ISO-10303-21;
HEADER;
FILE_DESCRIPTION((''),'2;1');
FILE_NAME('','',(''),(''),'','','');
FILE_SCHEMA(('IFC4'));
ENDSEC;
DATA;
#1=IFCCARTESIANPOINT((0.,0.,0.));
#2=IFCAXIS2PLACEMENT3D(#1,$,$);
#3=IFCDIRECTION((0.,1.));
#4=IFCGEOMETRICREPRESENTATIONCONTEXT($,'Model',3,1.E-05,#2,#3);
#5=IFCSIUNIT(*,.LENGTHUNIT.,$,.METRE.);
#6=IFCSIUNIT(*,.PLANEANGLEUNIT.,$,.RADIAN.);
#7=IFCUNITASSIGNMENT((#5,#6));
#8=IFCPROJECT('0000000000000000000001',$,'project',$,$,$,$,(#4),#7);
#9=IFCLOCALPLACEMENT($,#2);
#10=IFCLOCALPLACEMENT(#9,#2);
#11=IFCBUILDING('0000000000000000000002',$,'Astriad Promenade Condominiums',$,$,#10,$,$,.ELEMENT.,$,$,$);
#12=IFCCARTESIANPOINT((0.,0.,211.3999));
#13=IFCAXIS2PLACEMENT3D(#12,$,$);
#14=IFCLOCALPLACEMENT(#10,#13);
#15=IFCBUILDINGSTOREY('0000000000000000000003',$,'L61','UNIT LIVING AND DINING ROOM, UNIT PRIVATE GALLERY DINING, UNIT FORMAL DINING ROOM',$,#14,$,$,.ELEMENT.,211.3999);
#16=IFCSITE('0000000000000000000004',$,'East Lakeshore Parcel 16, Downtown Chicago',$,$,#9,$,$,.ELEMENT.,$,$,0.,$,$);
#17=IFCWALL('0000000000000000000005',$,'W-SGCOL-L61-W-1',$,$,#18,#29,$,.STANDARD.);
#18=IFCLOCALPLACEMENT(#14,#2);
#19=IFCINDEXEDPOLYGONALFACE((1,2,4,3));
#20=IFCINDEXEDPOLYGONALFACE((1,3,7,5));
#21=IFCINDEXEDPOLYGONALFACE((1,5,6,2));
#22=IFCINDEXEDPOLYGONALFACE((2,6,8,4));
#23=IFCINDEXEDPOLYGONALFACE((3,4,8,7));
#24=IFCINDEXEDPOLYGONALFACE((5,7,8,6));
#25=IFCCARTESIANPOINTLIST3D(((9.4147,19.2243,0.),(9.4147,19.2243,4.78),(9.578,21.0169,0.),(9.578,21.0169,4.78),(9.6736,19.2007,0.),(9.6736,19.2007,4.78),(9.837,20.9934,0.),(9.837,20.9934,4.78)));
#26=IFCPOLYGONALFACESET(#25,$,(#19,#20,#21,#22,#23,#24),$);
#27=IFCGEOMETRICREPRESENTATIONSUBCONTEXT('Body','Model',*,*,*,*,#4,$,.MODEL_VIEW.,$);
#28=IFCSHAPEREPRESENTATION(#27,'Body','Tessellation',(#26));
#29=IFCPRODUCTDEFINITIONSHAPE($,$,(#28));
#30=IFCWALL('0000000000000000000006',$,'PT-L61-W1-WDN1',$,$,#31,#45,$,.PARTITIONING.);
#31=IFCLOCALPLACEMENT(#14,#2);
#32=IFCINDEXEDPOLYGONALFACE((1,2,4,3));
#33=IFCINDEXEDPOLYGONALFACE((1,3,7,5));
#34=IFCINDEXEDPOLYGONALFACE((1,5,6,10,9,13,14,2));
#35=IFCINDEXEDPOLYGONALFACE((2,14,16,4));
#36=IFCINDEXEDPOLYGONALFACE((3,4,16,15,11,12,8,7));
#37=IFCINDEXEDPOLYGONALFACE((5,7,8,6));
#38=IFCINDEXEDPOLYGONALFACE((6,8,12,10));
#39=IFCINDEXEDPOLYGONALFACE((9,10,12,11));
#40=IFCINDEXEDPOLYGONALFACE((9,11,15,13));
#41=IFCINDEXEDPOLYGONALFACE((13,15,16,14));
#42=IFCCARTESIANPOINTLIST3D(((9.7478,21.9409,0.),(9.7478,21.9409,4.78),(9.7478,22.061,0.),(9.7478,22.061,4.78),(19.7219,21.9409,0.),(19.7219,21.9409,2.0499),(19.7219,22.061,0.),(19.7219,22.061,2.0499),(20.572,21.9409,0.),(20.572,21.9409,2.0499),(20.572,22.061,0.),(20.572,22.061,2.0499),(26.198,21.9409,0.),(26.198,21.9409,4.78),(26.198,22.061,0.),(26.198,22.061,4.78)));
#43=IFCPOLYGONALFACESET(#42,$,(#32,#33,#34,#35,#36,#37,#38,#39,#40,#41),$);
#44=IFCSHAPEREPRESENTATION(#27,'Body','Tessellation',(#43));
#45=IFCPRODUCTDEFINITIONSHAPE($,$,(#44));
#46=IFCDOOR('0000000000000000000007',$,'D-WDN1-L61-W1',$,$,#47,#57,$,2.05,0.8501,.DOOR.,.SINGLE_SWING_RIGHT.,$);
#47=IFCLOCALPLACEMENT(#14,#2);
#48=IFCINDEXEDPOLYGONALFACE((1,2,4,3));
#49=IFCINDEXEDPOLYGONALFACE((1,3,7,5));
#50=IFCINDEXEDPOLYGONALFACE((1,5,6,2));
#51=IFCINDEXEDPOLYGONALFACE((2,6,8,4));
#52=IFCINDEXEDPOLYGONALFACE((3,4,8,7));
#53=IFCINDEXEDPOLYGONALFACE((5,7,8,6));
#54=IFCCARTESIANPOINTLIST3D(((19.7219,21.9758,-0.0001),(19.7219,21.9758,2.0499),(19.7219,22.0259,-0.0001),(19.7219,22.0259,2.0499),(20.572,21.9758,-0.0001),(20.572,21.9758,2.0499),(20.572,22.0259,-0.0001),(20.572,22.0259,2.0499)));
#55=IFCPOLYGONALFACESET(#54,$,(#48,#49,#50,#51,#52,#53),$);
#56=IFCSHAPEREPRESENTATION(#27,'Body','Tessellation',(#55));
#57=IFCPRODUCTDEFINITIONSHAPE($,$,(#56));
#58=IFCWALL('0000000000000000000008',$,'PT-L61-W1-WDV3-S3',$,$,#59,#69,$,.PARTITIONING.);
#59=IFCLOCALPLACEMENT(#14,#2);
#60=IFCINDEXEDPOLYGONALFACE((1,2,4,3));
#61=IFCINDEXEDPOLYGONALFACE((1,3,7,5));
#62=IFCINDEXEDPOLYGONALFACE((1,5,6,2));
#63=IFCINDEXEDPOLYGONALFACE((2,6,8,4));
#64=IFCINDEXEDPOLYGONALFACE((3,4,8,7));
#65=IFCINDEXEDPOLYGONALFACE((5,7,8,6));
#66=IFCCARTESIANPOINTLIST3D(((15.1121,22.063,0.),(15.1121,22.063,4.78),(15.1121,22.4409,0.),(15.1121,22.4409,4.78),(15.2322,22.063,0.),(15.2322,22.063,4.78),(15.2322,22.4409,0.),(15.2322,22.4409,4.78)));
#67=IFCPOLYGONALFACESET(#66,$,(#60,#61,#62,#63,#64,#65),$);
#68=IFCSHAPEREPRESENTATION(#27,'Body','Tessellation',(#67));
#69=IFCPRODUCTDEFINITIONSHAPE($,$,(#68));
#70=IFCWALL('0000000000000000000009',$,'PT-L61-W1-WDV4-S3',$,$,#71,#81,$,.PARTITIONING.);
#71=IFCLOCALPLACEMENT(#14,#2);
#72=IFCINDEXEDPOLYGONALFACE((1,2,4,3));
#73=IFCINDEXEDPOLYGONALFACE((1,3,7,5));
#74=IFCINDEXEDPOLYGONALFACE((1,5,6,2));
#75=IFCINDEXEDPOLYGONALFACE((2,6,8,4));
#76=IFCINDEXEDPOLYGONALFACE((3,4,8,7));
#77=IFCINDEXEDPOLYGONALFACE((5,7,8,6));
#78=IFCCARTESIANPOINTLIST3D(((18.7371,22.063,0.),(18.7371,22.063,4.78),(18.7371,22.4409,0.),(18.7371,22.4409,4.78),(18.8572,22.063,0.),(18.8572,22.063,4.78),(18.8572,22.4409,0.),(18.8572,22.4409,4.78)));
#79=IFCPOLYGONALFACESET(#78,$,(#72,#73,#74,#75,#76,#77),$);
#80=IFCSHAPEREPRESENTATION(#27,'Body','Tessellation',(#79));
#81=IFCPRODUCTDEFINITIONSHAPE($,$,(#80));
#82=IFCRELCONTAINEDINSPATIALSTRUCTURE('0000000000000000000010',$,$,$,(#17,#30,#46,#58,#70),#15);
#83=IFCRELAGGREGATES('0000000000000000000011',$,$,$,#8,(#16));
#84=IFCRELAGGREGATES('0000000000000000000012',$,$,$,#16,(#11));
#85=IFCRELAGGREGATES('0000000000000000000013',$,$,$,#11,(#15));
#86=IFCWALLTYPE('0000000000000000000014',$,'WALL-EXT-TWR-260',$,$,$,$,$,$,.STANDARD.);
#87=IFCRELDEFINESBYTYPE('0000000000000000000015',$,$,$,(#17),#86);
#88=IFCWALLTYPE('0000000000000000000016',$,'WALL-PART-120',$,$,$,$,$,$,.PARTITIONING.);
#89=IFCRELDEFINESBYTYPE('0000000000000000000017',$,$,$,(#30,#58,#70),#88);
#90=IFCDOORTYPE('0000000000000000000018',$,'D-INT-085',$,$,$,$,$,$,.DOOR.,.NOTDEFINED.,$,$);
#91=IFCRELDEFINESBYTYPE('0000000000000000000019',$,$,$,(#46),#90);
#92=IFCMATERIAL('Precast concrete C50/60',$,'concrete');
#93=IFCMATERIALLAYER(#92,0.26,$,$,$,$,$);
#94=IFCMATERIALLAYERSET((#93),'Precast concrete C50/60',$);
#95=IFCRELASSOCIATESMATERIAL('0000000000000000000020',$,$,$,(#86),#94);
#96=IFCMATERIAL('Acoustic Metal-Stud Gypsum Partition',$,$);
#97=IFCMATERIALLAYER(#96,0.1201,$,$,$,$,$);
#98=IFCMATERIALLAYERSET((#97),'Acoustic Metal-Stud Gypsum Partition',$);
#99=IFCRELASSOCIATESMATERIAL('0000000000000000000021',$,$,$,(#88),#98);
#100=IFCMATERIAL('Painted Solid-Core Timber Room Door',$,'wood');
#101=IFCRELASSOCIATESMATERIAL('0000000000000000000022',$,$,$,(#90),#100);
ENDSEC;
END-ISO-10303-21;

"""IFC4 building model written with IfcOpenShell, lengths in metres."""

from ifc_helpers import new_model, si_unit, direction, frame, frame_2d, origin, place, context, subcontext, project, spatial, rectangle, extrude, source, transform, mapped, material, layer, layer_set, type_object, type_shapes, element, fill, save


model = new_model("IFC4")

# Units and contexts
model_context = context("Model", 3, precision=1e-05, world=origin(), true_north=direction((0.0, 1.0)))
body_context = subcontext(model_context, "Body", "Model", "MODEL_VIEW")
ifc_project = project(units=[si_unit("LENGTHUNIT", "METRE"), si_unit("PLANEANGLEUNIT", "RADIAN")], contexts=[model_context])

# Site, building, storey
site_placement = place(None, origin())
site = spatial("IfcSite", under=ifc_project, at=site_placement, Name="East Lakeshore Parcel 16, Downtown Chicago", CompositionType="ELEMENT", RefElevation=0.0)
building_placement = place(site_placement, origin())
building = spatial("IfcBuilding", under=site, at=building_placement, Name="Astriad Promenade Condominiums", CompositionType="ELEMENT")
storey_placement = place(building_placement, frame((0.0, 0.0, 211.3999)))
storey = spatial("IfcBuildingStorey", under=building, at=storey_placement, Name="L61", Description="UNIT LIVING AND DINING ROOM, UNIT PRIVATE GALLERY DINING, UNIT FORMAL DINING ROOM", CompositionType="ELEMENT", Elevation=211.3999)

# Wall
ifc_material_1 = material(Name="Precast concrete C50/60", Category="concrete")
ifc_layer_1 = layer(ifc_material_1, 0.26)
ifc_layer_set_1 = layer_set([ifc_layer_1], Name="Precast concrete C50/60")
wall_type_1 = type_object("IfcWallType", Name="WALL-EXT-TWR-260", PredefinedType="STANDARD", material=ifc_layer_set_1)
wall_1_placement = place(storey_placement, frame((9.5442, 19.2126, 0.0), z_axis=(0.0, 0.0, 1.0), x_axis=(0.090731, 0.995875, 0.0)))
element("IfcWall", 1, at=wall_1_placement, inside=storey, type_object=wall_type_1, Name="W-SGCOL-L61-W-1", PredefinedType="STANDARD", context=body_context, shape_type="SweptSolid", body=[
    extrude(rectangle(XDim=1.8, YDim=0.26, at=frame_2d((0.8999, 0.0))), origin(), (0.0, 0.0, 1.0), 4.78),
])

# Wall, opening, door
ifc_material_2 = material(Name="Acoustic Metal-Stud Gypsum Partition")
ifc_layer_2 = layer(ifc_material_2, 0.1201)
ifc_layer_set_2 = layer_set([ifc_layer_2], Name="Acoustic Metal-Stud Gypsum Partition")
wall_type_2 = type_object("IfcWallType", Name="WALL-PART-120", PredefinedType="PARTITIONING", material=ifc_layer_set_2)
wall_2_placement = place(storey_placement, frame((9.7478, 22.001, 0.0), z_axis=(0.0, 0.0, 1.0), x_axis=(1.0, 0.0, 0.0)))
wall_2 = element("IfcWall", 2, at=wall_2_placement, inside=storey, type_object=wall_type_2, Name="PT-L61-W1-WDN1", PredefinedType="PARTITIONING", context=body_context, shape_type="SweptSolid", body=[
    extrude(rectangle(XDim=16.4502, YDim=0.1201, at=frame_2d((8.2251, 0.0))), origin(), (0.0, 0.0, 1.0), 4.78),
])
opening_placement = place(wall_2_placement, frame((9.9741, 0.0, 0.0)))
opening = element("IfcOpeningElement", 3, at=opening_placement, cuts=wall_2, PredefinedType="OPENING", context=body_context, shape_type="SweptSolid", body=[
    extrude(rectangle(XDim=0.8501, YDim=2.05, at=frame_2d((0.425, 1.0249))), frame((0.0, 0.0701, 0.0), z_axis=(0.0, -1.0, 0.0), x_axis=(1.0, 0.0, 0.0)), (0.0, 0.0, 1.0), 0.1401),
])
ifc_material_3 = material(Name="Painted Solid-Core Timber Room Door", Category="wood")
door_type = type_object("IfcDoorType", Name="D-INT-085", OperationType="NOTDEFINED", PredefinedType="DOOR", material=ifc_material_3)
shared_shape_1 = source(origin(), body_context, "Body", "SweptSolid", [
    extrude(rectangle(XDim=0.8501, YDim=2.05, at=frame_2d((0.425, 1.0249))), frame((0.0, 0.0249, 0.0), z_axis=(0.0, -1.0, 0.0), x_axis=(1.0, 0.0, 0.0)), (0.0, 0.0, 1.0), 0.05),
])
type_shapes(door_type, [shared_shape_1])
door_placement = place(opening_placement, origin())
door = element("IfcDoor", 4, at=door_placement, inside=storey, type_object=door_type, Name="D-WDN1-L61-W1", OperationType="SINGLE_SWING_RIGHT", OverallHeight=2.05, OverallWidth=0.8501, PredefinedType="DOOR", context=body_context, shape_type="MappedRepresentation", body=[
    mapped(shared_shape_1, transform((0.0, 0.0, 0.0), scale=1.0)),
])
fill(opening, door)

# Walls
for number, where, z_axis, x_axis, name in (
    (5, (15.1721, 22.063, 0.0), (0.0, 0.0, 1.0), (0.0, 1.0, 0.0), "PT-L61-W1-WDV3-S3"),
    (6, (18.7971, 22.063, 0.0), (0.0, 0.0, 1.0), (0.0, 1.0, 0.0), "PT-L61-W1-WDV4-S3"),
):
    element("IfcWall", number, at=place(storey_placement, frame(where, z_axis=z_axis, x_axis=x_axis)), inside=storey, type_object=wall_type_2, Name=name, PredefinedType="PARTITIONING", context=body_context, shape_type="SweptSolid", body=[
        extrude(rectangle(XDim=0.3779, YDim=0.1201, at=frame_2d((0.189, 0.0))), origin(), (0.0, 0.0, 1.0), 4.78),
    ])

save(model, "model.ifc")
